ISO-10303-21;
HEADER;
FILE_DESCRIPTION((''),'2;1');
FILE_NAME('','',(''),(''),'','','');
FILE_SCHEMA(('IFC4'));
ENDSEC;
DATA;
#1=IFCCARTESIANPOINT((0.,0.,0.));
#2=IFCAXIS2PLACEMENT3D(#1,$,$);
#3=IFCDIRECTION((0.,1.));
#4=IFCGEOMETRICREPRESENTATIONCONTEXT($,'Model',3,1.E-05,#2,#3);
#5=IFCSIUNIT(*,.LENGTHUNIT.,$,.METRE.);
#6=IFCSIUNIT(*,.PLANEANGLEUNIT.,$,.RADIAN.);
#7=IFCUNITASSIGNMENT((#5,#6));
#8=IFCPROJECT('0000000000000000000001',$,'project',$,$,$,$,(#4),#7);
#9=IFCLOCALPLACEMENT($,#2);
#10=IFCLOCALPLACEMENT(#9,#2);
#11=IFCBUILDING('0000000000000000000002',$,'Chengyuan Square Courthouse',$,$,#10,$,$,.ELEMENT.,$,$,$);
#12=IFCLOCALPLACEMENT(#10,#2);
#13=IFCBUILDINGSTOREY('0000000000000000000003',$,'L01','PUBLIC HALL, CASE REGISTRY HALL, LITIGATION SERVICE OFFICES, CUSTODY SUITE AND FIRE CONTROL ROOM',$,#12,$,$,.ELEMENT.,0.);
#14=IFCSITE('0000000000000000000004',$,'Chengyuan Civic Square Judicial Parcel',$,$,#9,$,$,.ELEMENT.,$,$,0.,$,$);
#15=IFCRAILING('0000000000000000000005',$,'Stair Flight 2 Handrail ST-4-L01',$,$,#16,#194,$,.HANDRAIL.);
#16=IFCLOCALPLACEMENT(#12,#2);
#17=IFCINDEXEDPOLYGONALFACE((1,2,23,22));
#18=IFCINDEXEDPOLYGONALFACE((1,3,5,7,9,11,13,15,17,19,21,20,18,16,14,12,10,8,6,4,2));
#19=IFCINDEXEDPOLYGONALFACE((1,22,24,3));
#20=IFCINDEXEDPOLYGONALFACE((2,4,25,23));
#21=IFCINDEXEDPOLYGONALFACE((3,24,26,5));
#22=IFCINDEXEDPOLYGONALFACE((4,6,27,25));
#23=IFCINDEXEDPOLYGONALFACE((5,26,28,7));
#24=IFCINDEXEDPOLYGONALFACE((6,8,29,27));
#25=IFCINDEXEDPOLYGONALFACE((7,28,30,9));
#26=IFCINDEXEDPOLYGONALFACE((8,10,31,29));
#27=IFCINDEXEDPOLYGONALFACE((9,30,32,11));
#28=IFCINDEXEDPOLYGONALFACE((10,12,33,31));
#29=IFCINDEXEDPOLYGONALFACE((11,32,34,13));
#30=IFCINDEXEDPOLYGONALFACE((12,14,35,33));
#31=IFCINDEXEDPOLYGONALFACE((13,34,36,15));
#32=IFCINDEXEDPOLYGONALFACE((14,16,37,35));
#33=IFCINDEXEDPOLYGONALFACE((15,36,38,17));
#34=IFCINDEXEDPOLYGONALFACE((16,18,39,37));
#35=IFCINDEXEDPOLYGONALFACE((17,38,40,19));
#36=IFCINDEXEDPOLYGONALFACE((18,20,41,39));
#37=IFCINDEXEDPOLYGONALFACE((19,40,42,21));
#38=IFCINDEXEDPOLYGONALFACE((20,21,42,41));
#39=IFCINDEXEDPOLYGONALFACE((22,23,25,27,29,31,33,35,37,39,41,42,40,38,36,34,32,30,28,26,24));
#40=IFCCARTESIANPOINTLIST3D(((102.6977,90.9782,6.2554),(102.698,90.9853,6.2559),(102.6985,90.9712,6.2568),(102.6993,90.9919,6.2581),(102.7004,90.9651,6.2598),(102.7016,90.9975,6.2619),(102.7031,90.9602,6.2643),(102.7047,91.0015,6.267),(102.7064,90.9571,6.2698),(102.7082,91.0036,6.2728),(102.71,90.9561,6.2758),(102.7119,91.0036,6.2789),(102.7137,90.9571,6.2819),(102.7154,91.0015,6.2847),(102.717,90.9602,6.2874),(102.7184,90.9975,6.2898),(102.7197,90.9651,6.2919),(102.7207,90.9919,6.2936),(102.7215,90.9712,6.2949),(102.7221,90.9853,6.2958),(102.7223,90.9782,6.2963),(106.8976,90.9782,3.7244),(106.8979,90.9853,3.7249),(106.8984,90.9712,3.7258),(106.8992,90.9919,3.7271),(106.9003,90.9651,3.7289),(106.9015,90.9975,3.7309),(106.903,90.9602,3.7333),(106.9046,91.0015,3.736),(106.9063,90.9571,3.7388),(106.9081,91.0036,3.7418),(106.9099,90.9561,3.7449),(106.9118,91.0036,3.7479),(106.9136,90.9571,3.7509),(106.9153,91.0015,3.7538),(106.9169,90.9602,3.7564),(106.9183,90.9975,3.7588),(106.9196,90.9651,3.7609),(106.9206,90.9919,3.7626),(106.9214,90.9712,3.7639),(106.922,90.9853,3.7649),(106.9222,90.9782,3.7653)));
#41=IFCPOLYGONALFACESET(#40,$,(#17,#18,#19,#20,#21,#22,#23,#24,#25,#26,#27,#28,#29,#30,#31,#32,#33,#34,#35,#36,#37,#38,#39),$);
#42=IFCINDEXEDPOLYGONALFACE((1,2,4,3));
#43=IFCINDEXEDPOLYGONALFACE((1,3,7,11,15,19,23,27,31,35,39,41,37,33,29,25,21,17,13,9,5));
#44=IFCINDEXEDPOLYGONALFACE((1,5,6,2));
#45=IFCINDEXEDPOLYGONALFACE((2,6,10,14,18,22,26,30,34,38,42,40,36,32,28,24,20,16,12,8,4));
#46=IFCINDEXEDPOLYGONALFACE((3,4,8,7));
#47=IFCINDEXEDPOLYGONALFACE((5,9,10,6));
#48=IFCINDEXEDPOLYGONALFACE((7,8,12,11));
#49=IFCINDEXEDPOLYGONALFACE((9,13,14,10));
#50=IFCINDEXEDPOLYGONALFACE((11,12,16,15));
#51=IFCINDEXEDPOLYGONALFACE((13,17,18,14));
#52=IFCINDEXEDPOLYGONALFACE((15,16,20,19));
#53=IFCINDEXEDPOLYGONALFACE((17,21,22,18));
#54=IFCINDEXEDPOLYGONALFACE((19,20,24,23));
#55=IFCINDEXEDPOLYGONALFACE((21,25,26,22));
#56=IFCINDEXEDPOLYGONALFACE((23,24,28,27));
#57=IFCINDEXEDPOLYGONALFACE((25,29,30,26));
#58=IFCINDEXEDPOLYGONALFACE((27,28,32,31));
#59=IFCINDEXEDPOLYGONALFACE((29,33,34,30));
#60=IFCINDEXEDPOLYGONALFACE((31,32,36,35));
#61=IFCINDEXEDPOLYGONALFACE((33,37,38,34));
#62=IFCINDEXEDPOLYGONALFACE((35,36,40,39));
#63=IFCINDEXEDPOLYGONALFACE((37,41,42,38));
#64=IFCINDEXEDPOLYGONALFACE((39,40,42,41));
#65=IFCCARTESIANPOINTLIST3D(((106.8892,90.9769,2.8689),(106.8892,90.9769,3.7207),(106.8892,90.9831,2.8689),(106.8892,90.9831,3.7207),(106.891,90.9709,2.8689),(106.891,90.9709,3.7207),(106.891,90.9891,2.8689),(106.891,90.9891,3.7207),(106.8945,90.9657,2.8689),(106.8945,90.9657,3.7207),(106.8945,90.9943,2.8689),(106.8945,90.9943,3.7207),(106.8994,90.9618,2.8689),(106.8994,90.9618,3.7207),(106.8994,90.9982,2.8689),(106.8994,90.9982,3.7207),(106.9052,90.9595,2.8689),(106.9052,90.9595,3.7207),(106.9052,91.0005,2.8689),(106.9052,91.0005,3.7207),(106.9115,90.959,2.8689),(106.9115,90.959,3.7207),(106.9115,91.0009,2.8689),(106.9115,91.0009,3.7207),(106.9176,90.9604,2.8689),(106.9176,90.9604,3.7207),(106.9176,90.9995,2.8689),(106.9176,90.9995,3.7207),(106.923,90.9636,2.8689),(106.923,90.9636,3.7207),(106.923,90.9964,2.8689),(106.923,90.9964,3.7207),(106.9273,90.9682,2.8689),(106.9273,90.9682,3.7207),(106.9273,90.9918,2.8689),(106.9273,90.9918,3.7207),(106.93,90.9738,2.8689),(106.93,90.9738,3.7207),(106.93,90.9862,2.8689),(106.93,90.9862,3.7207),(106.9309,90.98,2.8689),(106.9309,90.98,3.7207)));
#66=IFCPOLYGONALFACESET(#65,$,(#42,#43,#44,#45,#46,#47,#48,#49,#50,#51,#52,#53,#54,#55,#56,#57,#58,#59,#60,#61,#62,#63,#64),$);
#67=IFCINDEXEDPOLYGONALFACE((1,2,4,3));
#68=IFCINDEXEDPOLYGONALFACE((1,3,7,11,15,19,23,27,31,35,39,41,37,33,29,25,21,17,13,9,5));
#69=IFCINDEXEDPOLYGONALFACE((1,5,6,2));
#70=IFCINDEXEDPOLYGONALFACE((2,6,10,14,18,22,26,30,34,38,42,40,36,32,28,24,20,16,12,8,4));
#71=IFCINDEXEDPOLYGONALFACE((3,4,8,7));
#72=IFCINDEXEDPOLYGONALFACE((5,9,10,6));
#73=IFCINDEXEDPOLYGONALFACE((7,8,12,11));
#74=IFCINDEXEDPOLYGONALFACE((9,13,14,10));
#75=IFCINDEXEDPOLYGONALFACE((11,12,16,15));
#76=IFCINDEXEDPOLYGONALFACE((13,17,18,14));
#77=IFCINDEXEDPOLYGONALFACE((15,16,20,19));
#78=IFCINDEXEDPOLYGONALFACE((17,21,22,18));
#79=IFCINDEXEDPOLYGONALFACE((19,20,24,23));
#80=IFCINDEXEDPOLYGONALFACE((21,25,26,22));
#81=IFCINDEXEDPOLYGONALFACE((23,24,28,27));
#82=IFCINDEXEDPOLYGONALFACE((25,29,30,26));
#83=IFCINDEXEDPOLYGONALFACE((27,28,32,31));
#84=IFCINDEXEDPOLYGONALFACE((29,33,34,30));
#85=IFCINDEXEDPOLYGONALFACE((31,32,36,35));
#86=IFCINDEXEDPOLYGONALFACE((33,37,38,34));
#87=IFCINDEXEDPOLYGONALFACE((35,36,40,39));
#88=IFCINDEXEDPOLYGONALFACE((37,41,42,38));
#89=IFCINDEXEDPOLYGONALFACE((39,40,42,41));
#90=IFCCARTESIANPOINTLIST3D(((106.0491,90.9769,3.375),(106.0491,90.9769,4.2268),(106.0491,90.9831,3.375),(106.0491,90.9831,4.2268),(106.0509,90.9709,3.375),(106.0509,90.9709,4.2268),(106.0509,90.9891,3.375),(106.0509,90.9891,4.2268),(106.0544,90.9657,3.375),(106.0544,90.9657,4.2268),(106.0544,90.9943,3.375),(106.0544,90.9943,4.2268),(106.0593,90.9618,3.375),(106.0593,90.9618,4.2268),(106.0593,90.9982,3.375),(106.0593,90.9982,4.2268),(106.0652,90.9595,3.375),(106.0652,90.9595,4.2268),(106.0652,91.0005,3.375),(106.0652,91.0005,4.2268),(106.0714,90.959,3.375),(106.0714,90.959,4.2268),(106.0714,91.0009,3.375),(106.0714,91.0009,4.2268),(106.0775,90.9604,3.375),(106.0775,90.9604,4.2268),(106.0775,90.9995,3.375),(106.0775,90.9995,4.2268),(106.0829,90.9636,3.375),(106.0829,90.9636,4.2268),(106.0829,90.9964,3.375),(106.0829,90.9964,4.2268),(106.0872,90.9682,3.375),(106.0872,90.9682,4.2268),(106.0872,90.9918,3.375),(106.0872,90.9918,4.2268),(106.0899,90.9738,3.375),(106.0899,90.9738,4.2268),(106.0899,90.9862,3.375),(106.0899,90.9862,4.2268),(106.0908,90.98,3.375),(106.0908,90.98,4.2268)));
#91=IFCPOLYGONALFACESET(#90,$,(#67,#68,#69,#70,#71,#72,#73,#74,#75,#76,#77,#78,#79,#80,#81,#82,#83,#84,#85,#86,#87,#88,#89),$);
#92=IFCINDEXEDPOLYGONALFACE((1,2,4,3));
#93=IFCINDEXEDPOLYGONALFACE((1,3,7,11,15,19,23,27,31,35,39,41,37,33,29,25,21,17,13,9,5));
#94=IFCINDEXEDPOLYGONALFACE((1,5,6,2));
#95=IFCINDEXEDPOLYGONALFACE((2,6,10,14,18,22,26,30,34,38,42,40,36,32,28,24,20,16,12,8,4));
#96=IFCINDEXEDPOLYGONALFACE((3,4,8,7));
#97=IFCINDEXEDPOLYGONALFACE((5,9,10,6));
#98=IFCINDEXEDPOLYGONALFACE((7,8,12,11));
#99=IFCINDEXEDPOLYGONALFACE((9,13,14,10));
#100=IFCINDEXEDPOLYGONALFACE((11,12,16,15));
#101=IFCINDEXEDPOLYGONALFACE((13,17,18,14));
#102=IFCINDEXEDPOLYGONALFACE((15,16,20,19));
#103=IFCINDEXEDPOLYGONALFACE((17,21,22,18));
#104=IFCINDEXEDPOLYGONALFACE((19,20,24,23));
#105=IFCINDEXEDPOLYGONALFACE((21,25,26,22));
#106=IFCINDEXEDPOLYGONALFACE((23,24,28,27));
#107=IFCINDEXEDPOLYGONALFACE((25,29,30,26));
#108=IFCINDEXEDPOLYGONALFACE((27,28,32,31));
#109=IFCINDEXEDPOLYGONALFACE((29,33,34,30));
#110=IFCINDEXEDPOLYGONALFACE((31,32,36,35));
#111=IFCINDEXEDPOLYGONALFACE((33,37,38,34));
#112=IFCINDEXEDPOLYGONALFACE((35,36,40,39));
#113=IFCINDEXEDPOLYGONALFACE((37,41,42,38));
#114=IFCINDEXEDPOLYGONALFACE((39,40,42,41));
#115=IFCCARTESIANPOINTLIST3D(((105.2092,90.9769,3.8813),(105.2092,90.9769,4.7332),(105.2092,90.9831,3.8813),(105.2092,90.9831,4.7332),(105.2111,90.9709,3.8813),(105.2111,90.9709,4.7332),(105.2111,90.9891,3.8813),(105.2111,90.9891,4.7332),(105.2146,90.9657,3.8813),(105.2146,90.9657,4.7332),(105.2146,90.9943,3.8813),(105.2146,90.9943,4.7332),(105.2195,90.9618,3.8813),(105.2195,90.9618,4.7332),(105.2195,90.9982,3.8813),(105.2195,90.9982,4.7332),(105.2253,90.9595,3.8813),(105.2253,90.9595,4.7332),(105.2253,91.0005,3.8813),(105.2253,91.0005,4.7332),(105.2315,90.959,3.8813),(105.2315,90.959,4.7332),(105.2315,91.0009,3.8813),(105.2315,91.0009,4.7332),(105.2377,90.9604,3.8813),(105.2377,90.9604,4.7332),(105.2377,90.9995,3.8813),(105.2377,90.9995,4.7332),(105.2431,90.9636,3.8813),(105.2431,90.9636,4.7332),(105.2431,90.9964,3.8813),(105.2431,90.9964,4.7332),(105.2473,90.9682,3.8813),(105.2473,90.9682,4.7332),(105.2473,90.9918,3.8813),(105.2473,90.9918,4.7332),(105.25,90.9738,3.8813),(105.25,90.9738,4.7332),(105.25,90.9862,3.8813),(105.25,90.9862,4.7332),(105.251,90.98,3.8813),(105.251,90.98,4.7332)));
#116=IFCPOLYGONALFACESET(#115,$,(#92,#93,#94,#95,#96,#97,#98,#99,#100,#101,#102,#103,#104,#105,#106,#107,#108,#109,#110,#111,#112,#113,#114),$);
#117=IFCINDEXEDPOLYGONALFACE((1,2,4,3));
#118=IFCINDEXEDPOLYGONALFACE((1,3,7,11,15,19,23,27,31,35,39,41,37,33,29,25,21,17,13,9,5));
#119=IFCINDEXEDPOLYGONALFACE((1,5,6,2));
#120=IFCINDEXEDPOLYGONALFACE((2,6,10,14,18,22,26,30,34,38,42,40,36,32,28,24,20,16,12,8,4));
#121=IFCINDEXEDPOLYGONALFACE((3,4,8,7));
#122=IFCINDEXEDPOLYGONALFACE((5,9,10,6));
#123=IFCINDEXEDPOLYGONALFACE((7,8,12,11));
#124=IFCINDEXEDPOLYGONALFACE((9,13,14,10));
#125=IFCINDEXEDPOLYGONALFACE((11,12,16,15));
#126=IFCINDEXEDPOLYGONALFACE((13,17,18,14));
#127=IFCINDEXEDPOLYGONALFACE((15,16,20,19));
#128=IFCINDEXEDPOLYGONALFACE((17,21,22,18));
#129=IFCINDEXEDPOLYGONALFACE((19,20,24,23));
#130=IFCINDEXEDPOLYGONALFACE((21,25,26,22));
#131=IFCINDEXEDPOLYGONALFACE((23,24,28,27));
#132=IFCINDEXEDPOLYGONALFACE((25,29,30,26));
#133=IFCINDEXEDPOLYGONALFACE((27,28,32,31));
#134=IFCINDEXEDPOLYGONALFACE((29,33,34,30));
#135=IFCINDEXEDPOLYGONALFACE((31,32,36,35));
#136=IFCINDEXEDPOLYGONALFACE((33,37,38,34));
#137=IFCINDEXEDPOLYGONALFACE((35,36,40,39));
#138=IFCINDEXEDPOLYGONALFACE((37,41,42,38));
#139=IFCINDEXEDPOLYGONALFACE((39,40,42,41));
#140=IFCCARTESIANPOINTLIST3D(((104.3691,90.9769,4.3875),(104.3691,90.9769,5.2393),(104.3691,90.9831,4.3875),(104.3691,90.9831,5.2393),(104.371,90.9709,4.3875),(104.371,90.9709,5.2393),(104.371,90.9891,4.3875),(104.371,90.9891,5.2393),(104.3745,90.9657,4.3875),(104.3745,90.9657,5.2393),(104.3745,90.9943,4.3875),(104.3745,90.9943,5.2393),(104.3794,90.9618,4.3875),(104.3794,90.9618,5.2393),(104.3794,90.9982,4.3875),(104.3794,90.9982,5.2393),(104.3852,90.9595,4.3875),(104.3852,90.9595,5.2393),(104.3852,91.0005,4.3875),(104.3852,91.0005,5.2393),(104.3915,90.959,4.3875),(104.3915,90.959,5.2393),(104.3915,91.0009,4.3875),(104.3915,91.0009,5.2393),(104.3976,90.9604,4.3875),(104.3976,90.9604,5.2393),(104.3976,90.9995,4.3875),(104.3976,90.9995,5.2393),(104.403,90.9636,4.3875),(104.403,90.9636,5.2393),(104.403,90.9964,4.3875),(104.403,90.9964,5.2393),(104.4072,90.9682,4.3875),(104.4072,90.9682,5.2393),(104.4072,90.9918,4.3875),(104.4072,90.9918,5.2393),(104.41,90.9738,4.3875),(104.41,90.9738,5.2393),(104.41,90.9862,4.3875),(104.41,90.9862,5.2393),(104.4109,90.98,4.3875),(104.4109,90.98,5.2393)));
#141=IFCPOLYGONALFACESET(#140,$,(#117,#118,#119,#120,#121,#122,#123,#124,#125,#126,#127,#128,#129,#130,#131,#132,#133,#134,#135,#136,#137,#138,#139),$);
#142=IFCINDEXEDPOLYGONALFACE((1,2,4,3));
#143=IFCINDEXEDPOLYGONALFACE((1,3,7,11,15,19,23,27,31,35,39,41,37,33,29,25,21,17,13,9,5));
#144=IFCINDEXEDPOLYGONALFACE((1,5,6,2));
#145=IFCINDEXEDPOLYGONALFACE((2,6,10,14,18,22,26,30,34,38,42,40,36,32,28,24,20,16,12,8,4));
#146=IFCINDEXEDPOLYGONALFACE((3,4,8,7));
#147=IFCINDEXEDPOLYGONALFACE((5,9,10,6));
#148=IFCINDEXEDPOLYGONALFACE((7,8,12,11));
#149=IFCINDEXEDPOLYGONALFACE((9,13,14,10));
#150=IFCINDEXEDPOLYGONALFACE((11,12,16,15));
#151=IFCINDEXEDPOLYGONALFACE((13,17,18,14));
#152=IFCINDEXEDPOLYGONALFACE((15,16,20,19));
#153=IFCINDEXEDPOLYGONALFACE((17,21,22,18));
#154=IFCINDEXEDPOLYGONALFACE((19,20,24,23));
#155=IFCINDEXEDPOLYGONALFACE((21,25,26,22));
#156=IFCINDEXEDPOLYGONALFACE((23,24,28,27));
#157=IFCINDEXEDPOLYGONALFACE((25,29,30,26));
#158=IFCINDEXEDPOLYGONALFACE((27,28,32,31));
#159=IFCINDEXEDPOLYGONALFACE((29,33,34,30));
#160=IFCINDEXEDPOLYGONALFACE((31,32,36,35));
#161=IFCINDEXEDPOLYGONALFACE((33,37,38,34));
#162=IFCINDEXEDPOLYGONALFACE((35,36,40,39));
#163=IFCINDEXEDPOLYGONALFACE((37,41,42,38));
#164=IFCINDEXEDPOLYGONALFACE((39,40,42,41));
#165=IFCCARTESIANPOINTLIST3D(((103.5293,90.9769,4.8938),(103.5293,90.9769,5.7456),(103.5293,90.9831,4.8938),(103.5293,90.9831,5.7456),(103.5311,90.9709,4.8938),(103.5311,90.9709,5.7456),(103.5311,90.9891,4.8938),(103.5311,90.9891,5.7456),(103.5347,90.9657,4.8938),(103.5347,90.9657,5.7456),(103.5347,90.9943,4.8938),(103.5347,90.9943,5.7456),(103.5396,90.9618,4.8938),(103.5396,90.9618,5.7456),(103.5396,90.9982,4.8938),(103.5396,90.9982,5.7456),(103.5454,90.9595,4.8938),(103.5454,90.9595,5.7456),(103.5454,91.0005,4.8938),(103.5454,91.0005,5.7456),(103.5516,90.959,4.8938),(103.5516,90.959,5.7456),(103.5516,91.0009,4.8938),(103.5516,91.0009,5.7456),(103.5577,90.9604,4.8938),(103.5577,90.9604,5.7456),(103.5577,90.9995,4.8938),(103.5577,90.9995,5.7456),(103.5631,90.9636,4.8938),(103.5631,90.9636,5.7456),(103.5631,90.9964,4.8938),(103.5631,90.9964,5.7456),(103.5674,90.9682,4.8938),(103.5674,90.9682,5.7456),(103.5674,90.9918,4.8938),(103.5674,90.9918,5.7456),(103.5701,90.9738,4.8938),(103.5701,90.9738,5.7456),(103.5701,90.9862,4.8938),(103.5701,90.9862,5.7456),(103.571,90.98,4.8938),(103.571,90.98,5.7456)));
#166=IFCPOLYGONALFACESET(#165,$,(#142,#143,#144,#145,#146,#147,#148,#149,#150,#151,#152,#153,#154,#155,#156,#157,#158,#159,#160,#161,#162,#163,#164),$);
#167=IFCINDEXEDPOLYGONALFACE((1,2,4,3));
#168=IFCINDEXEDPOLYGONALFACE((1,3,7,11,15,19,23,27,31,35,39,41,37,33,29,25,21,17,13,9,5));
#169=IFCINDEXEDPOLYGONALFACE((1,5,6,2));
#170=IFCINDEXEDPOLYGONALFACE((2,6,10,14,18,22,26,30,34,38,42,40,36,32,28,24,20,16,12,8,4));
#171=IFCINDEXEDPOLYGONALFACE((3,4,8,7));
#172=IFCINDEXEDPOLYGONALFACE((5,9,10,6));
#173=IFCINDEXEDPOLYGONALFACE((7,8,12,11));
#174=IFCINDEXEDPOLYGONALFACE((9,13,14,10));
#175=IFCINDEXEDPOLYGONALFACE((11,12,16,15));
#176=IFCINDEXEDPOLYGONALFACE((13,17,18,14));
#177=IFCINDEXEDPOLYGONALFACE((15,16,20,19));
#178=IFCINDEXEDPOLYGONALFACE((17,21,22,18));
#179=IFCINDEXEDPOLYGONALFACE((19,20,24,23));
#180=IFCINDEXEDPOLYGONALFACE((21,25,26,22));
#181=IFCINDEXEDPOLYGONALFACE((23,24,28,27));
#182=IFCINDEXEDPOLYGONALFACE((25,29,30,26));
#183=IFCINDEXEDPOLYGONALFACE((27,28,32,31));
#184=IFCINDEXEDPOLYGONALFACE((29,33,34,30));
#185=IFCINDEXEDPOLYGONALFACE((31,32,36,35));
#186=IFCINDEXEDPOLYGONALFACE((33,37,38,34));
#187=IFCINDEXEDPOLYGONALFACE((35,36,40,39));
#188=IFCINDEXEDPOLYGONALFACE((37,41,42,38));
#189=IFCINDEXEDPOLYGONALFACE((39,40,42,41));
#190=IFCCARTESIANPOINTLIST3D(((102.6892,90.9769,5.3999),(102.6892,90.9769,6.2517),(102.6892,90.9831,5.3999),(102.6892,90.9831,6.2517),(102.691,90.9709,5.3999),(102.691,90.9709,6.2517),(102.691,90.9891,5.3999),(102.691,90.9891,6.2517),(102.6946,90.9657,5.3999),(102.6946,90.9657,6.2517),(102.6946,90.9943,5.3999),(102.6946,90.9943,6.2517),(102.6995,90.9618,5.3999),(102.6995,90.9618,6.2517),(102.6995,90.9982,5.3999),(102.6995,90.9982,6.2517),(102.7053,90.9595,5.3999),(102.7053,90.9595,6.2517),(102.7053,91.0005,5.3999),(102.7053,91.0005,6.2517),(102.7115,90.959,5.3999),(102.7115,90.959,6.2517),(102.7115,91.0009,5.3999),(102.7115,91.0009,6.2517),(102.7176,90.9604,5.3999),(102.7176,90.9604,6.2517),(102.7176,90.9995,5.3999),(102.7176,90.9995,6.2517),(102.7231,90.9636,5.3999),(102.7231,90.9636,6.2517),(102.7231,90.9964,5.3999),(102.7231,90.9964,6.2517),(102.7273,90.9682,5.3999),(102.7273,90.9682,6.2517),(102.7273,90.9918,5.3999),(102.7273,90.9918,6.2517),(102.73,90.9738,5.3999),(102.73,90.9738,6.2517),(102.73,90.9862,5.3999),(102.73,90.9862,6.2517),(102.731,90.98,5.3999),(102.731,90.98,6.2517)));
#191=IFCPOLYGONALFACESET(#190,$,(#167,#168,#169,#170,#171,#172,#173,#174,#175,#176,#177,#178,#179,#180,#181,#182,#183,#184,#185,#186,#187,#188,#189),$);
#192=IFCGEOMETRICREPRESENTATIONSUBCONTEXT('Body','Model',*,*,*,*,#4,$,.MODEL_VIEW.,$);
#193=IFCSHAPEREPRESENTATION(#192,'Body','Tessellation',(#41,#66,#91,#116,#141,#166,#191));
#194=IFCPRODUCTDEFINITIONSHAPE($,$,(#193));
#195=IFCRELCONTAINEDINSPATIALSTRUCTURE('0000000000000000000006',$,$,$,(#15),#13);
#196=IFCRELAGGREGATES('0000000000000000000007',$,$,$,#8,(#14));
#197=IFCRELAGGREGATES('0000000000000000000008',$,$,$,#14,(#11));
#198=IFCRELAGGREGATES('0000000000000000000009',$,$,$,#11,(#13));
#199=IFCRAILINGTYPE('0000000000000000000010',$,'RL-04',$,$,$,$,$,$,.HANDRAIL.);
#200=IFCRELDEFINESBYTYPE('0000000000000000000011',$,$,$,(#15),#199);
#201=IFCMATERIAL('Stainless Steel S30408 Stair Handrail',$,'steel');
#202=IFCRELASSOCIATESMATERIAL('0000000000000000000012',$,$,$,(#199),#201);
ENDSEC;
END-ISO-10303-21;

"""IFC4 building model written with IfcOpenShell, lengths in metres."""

from ifc_helpers import new_model, si_unit, direction, frame, origin, origin_2d, place, context, subcontext, project, spatial, circle, extrude, material, type_object, element, save


model = new_model("IFC4")

# Units and contexts
model_context = context("Model", 3, precision=1e-05, world=origin(), true_north=direction((0.0, 1.0)))
body_context = subcontext(model_context, "Body", "Model", "MODEL_VIEW")
ifc_project = project(units=[si_unit("LENGTHUNIT", "METRE"), si_unit("PLANEANGLEUNIT", "RADIAN")], contexts=[model_context])

# Site, building, storey
site_placement = place(None, origin())
site = spatial("IfcSite", under=ifc_project, at=site_placement, Name="Chengyuan Civic Square Judicial Parcel", CompositionType="ELEMENT", RefElevation=0.0)
building_placement = place(site_placement, origin())
building = spatial("IfcBuilding", under=site, at=building_placement, Name="Chengyuan Square Courthouse", CompositionType="ELEMENT")
storey_placement = place(building_placement, origin())
storey = spatial("IfcBuildingStorey", under=building, at=storey_placement, Name="L01", Description="PUBLIC HALL, CASE REGISTRY HALL, LITIGATION SERVICE OFFICES, CUSTODY SUITE AND FIRE CONTROL ROOM", CompositionType="ELEMENT", Elevation=0.0)

# Railing
ifc_material_1 = material(Name="Stainless Steel S30408 Stair Handrail", Category="steel")
railing_type_1 = type_object("IfcRailingType", Name="RL-04", PredefinedType="HANDRAIL", material=ifc_material_1)
railing_1_placement = place(storey_placement, frame((106.9099, 90.98, 2.8689)))
element("IfcRailing", 1, at=railing_1_placement, inside=storey, type_object=railing_type_1, Name="Stair Flight 2 Handrail ST-4-L01", PredefinedType="HANDRAIL", context=body_context, shape_type="SweptSolid", body=[
    extrude(circle(Radius=0.0239, at=origin_2d()), frame((0.0, 0.0, 0.876), z_axis=(-0.856499, 0.0, 0.51615), x_axis=(0.0, -1.0, 0.0)), (0.0, 0.0, 1.0), 4.9036),
    extrude(circle(Radius=0.021, at=origin_2d()), origin(), (0.0, 0.0, 1.0), 0.8518),
    extrude(circle(Radius=0.021, at=origin_2d()), frame((-0.8401, 0.0, 0.5061)), (0.0, 0.0, 1.0), 0.8518),
    extrude(circle(Radius=0.021, at=origin_2d()), frame((-1.6799, 0.0, 1.0125)), (0.0, 0.0, 1.0), 0.8518),
    extrude(circle(Radius=0.021, at=origin_2d()), frame((-2.52, 0.0, 1.5186)), (0.0, 0.0, 1.0), 0.8518),
    extrude(circle(Radius=0.021, at=origin_2d()), frame((-3.3599, 0.0, 2.0249)), (0.0, 0.0, 1.0), 0.8518),
    extrude(circle(Radius=0.021, at=origin_2d()), frame((-4.2, 0.0, 2.531)), (0.0, 0.0, 1.0), 0.8518),
])

save(model, "model.ifc")
